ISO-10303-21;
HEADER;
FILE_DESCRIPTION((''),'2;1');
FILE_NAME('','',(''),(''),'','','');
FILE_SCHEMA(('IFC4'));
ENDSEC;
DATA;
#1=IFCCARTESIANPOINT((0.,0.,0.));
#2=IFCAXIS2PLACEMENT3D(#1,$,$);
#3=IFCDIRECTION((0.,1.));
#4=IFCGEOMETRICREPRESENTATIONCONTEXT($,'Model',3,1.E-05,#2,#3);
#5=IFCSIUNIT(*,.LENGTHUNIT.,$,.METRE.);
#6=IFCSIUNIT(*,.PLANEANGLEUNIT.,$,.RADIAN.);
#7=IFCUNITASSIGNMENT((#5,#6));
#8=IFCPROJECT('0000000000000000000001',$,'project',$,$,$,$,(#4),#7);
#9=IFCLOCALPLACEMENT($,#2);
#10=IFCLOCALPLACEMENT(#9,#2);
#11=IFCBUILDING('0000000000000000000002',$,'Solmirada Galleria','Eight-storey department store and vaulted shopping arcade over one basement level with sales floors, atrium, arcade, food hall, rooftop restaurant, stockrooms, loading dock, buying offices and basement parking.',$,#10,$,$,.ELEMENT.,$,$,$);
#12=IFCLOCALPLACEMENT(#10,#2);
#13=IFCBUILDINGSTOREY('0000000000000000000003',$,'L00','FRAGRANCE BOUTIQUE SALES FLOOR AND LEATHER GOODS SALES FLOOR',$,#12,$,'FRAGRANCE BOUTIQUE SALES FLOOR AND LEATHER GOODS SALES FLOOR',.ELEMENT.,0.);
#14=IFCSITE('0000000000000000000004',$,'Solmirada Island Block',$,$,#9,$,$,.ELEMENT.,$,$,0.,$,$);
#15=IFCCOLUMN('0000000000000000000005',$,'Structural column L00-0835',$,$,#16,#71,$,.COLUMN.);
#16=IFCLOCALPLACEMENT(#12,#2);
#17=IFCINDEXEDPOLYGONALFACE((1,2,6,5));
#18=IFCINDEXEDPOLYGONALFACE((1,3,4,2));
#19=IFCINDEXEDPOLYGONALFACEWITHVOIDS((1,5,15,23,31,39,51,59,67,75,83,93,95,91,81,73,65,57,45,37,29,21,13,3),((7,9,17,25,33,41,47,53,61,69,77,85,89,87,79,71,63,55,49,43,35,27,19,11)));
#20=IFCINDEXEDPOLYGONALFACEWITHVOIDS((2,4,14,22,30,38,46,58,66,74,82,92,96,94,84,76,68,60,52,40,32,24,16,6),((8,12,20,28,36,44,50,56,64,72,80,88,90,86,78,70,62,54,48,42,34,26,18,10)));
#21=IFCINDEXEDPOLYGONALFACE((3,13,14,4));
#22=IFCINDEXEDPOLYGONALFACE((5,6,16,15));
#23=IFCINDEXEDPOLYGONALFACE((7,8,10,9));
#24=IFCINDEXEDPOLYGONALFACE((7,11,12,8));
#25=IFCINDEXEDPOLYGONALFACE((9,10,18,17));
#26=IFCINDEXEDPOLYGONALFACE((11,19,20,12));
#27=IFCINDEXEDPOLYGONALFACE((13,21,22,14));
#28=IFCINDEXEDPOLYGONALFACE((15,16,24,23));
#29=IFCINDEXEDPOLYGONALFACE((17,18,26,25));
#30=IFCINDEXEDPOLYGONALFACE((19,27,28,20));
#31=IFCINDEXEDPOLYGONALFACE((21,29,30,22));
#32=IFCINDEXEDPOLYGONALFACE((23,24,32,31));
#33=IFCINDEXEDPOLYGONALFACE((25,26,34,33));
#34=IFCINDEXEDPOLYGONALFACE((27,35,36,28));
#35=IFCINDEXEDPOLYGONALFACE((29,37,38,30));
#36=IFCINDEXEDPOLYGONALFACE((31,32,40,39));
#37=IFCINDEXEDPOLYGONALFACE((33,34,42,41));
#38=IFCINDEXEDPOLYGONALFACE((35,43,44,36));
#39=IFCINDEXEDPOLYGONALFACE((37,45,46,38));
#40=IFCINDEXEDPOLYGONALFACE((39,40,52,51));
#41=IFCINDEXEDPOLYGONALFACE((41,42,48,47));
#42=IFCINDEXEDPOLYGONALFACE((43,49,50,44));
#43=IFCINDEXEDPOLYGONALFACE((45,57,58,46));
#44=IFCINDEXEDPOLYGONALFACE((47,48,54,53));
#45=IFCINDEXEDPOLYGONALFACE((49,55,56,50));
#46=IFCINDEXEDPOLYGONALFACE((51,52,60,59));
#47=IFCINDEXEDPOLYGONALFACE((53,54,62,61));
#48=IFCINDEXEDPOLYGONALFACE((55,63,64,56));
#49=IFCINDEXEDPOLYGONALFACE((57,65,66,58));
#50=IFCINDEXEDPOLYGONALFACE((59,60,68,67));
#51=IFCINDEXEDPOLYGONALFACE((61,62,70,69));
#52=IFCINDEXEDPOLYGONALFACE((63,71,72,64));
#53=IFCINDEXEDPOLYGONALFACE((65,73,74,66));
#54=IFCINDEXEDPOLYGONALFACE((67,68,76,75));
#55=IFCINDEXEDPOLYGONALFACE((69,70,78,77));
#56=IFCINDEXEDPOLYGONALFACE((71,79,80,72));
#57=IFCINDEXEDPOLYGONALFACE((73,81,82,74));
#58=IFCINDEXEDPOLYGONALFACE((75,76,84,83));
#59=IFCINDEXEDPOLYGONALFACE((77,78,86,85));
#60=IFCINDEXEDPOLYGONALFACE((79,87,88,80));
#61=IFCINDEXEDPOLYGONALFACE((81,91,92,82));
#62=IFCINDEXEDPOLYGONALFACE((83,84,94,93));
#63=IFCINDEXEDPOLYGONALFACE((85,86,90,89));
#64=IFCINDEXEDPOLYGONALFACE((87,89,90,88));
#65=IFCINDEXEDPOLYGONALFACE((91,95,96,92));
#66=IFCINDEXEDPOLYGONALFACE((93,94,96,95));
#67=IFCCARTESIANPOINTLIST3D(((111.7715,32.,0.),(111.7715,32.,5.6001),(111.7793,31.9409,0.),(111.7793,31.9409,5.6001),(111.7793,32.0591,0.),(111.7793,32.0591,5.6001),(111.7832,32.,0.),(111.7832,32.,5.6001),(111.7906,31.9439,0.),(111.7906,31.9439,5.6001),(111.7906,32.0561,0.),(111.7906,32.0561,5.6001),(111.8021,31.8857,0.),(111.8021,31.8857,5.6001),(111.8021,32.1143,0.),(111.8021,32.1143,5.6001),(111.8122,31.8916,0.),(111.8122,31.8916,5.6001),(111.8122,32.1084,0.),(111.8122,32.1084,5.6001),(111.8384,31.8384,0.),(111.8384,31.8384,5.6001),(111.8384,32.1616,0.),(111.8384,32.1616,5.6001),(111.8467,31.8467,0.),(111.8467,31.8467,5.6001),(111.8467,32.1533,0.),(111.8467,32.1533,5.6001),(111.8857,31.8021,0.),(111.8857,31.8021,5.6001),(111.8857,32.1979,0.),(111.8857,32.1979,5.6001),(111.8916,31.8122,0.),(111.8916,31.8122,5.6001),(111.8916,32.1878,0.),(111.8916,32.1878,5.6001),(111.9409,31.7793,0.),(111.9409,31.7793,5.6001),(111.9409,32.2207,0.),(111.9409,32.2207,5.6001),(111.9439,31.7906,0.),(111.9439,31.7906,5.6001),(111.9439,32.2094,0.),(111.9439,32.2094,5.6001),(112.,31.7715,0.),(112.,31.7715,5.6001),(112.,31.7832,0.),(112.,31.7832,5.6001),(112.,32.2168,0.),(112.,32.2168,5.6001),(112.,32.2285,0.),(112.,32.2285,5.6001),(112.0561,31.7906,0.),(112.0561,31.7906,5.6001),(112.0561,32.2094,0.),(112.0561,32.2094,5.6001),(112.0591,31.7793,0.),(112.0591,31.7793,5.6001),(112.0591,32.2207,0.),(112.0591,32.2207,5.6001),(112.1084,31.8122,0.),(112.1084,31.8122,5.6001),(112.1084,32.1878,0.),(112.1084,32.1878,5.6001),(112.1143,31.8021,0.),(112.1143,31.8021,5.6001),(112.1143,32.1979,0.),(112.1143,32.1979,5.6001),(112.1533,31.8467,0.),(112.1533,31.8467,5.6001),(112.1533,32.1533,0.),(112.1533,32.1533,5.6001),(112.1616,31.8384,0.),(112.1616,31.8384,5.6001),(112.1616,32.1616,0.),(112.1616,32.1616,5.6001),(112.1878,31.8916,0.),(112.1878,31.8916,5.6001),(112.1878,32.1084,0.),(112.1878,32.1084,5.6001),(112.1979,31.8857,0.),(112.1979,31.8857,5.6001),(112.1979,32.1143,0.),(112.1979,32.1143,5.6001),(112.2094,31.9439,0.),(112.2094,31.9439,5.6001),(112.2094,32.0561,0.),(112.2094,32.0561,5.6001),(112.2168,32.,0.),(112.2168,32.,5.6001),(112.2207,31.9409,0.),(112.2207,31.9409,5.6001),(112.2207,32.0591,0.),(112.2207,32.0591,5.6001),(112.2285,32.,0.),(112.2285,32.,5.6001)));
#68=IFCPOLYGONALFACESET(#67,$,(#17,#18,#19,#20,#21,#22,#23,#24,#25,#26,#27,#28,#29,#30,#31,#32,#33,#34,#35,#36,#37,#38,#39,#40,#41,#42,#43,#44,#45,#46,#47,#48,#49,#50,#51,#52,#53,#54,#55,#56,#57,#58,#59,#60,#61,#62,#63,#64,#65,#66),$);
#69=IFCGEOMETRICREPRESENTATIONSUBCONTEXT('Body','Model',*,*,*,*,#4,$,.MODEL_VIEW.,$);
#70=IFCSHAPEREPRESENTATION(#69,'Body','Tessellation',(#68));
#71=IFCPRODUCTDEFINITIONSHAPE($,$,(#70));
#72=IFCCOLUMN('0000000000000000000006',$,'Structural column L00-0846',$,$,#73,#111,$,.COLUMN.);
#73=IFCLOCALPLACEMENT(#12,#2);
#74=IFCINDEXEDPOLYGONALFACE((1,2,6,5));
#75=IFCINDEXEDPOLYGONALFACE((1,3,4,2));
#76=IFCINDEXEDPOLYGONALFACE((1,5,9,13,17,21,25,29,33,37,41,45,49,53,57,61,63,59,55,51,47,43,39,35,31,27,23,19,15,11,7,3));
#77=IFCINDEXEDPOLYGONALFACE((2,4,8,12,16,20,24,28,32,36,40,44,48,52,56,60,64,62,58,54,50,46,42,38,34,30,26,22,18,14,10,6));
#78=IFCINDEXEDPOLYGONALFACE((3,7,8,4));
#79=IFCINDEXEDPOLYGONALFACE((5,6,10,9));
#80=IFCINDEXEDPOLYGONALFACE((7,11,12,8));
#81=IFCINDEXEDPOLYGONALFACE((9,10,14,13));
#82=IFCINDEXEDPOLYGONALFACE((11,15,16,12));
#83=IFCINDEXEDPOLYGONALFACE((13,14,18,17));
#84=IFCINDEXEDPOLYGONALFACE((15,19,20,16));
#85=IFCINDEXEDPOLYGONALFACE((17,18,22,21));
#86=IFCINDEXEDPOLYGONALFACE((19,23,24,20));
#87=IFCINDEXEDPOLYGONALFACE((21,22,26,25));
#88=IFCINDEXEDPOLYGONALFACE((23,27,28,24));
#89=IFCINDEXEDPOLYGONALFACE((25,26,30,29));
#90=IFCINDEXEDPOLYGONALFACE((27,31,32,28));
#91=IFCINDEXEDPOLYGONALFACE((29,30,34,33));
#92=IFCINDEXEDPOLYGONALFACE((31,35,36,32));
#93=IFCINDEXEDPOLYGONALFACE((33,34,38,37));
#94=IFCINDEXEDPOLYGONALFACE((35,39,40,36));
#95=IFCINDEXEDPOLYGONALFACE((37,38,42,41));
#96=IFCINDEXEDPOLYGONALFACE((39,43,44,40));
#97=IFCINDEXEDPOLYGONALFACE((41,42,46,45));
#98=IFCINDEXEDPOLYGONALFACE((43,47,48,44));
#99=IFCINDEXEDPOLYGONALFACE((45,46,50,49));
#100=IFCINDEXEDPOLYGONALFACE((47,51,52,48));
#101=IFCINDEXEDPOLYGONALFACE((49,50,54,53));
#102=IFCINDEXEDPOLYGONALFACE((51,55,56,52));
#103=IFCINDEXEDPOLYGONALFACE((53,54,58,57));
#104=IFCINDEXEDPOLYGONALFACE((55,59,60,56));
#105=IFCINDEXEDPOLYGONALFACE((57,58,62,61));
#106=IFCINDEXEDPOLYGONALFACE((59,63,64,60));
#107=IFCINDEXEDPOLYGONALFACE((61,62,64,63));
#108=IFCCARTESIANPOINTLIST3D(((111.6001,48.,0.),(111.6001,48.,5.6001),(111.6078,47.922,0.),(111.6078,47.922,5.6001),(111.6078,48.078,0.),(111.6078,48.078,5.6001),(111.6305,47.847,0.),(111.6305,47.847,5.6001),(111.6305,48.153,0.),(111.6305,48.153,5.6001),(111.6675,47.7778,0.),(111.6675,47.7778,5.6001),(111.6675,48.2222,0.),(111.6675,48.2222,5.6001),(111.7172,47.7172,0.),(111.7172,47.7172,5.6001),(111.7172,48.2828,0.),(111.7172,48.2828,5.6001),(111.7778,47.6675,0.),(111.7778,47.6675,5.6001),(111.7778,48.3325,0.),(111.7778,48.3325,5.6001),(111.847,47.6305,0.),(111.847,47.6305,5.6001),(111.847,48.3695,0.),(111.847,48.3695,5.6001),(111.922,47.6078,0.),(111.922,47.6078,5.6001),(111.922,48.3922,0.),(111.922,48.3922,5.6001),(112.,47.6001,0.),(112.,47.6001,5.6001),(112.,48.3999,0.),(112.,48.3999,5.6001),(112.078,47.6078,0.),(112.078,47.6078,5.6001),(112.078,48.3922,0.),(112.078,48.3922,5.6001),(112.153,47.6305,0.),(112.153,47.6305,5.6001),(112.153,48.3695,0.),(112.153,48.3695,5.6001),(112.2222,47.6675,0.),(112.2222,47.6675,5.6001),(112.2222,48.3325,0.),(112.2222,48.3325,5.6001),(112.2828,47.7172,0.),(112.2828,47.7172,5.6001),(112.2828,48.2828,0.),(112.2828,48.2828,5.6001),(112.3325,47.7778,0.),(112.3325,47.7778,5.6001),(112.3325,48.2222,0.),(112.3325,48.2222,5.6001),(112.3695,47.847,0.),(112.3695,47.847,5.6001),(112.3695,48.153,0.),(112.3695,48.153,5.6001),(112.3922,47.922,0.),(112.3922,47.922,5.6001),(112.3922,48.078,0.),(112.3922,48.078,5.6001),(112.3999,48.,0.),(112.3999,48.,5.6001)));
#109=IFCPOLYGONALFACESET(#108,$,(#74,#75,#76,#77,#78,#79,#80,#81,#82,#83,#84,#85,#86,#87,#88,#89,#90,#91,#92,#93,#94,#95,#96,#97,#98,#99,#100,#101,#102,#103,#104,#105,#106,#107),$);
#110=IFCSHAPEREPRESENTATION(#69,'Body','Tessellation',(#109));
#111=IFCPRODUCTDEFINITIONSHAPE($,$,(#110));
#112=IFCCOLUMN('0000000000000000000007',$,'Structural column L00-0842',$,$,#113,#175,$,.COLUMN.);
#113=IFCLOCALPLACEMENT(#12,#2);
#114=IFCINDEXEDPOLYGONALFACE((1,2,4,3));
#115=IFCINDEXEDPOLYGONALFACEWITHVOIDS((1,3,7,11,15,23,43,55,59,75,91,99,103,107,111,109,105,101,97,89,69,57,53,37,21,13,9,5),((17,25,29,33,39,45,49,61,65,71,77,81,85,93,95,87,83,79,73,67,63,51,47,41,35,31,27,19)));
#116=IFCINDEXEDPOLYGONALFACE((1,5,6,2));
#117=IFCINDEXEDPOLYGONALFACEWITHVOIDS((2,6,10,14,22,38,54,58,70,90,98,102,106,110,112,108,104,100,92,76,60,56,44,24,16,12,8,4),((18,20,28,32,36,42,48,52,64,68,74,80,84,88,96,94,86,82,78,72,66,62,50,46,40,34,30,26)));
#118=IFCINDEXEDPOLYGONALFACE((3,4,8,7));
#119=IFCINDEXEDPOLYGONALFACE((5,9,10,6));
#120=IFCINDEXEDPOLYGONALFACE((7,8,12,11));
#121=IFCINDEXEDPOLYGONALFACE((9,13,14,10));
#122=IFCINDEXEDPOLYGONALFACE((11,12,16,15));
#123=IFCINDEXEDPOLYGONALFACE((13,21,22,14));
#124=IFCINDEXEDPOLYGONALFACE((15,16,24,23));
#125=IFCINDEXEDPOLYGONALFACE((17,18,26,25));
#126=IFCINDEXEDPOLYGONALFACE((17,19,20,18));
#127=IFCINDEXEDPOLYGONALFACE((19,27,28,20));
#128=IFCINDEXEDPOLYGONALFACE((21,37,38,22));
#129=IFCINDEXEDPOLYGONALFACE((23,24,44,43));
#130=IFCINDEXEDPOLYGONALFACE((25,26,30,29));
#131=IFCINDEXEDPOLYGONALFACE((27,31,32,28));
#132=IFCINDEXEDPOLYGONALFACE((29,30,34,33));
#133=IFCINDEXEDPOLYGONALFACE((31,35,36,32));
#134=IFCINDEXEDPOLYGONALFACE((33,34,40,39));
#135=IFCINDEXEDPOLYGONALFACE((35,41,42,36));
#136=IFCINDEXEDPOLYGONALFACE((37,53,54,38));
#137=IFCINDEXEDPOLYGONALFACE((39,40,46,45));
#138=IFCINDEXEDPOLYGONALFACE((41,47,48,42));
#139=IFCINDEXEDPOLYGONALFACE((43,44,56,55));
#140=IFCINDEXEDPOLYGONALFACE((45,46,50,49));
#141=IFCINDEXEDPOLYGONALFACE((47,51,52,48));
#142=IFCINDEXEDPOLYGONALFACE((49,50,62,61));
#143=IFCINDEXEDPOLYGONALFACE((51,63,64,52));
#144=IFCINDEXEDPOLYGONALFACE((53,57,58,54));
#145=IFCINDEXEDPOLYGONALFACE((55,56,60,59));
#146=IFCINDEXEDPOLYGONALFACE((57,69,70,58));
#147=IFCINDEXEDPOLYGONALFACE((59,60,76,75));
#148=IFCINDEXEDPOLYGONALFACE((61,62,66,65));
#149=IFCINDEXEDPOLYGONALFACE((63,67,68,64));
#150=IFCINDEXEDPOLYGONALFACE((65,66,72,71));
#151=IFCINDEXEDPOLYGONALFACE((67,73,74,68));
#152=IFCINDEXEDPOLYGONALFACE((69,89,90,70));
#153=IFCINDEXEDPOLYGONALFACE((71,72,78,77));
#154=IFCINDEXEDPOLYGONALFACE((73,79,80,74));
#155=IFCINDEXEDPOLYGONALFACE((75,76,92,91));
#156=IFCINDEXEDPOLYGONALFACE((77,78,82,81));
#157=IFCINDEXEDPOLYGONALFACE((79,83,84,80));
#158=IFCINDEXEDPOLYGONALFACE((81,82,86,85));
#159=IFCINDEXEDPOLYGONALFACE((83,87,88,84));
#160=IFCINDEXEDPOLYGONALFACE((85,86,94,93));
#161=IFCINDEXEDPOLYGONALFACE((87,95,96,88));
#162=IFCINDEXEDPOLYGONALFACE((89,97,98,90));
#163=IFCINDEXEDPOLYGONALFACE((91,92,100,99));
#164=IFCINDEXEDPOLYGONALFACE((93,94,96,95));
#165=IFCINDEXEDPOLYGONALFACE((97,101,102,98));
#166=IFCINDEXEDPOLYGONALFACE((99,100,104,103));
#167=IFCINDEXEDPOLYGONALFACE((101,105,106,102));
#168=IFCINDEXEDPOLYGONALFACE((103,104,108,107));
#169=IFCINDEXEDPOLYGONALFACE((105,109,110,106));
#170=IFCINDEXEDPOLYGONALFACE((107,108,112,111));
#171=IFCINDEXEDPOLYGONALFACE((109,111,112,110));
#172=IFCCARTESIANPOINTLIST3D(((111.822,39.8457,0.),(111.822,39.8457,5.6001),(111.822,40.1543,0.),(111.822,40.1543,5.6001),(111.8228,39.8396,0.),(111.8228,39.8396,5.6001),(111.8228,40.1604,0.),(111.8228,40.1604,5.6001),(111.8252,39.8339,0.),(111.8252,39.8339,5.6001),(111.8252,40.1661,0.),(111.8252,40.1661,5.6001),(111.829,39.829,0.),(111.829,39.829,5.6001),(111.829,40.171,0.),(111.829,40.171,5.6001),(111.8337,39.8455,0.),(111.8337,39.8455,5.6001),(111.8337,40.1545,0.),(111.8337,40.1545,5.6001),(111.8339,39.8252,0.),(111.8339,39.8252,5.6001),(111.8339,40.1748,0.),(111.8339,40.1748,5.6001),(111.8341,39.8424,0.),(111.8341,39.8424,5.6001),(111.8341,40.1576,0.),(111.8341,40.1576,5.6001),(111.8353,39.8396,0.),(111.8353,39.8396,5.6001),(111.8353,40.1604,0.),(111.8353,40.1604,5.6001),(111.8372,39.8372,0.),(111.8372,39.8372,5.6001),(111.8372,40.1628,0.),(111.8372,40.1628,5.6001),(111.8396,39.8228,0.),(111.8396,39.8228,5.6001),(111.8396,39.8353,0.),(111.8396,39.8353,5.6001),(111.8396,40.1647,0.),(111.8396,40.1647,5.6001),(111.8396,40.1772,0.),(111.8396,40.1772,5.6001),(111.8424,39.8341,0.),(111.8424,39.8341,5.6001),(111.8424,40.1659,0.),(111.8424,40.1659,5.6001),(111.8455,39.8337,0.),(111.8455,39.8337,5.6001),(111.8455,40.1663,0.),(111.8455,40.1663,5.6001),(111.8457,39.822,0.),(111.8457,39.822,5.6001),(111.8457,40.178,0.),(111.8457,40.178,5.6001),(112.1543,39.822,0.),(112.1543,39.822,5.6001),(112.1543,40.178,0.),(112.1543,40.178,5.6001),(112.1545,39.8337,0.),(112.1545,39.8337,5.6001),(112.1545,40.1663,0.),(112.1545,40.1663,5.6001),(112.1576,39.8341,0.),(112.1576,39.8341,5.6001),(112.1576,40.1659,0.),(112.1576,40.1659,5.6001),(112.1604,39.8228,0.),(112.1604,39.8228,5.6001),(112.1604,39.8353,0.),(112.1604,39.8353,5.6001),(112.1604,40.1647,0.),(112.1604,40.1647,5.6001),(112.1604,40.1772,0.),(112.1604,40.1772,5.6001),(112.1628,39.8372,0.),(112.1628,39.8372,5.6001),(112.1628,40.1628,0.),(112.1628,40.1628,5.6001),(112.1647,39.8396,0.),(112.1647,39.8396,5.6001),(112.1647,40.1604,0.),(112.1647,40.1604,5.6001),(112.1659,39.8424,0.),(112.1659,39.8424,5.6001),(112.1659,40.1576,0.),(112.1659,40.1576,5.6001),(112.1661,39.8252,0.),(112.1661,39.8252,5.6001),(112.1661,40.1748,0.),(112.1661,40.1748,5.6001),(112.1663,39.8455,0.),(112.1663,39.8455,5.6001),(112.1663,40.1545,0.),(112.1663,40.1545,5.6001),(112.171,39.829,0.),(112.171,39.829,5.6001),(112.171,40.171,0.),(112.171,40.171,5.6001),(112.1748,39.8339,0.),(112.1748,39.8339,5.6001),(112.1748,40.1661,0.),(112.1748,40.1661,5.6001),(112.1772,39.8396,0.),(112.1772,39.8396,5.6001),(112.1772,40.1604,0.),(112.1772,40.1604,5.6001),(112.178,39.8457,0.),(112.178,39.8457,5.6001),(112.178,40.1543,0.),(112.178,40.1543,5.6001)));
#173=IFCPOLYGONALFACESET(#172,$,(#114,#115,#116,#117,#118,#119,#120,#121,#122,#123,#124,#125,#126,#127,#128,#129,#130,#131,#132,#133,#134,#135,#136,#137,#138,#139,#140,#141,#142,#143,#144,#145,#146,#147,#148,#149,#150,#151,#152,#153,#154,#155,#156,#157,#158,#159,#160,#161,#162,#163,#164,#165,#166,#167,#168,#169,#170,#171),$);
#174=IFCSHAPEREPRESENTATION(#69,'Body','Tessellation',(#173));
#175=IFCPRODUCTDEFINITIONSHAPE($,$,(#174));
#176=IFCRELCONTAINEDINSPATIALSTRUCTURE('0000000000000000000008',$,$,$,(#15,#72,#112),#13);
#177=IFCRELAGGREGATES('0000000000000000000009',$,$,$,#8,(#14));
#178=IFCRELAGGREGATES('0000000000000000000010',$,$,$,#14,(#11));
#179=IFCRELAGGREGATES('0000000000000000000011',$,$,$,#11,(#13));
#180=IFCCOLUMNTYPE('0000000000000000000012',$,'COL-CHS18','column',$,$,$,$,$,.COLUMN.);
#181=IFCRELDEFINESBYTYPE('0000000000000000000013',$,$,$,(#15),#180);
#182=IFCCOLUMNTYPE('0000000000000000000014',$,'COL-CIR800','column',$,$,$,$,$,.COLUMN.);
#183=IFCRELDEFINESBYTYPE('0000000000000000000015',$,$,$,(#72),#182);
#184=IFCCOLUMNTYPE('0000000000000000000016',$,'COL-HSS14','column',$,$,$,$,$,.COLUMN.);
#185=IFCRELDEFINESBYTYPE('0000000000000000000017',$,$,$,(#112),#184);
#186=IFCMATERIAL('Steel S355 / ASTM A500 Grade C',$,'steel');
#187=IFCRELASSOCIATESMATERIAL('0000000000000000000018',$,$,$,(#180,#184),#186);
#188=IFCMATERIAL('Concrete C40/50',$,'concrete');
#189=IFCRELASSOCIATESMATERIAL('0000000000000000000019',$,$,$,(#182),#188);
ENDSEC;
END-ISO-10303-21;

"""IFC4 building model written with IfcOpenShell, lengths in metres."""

from ifc_helpers import new_model, si_unit, direction, frame, origin, origin_2d, place, context, subcontext, project, spatial, hollow_rectangle, circle, hollow_circle, extrude, material, material_profile, profile_set, type_object, element, save


model = new_model("IFC4")

# Units and contexts
model_context = context("Model", 3, precision=1e-05, world=origin(), true_north=direction((0.0, 1.0)))
body_context = subcontext(model_context, "Body", "Model", "MODEL_VIEW")
ifc_project = project(units=[si_unit("LENGTHUNIT", "METRE"), si_unit("PLANEANGLEUNIT", "RADIAN")], contexts=[model_context])

# Site, building, storey
site_placement = place(None, origin())
site = spatial("IfcSite", under=ifc_project, at=site_placement, Name="Solmirada Island Block", CompositionType="ELEMENT", RefElevation=0.0)
building_placement = place(site_placement, origin())
building = spatial("IfcBuilding", under=site, at=building_placement, Name="Solmirada Galleria", Description="Eight-storey department store and vaulted shopping arcade over one basement level with sales floors, atrium, arcade, food hall, rooftop restaurant, stockrooms, loading dock, buying offices and basement parking.", CompositionType="ELEMENT")
storey_placement = place(building_placement, origin())
storey = spatial("IfcBuildingStorey", under=building, at=storey_placement, Name="L00", Description="FRAGRANCE BOUTIQUE SALES FLOOR AND LEATHER GOODS SALES FLOOR", LongName="FRAGRANCE BOUTIQUE SALES FLOOR AND LEATHER GOODS SALES FLOOR", CompositionType="ELEMENT", Elevation=0.0)

# Columns
ifc_material_1 = material(Name="Steel S355 / ASTM A500 Grade C", Category="steel")
ifc_material_profile_1 = material_profile(ifc_material_1, hollow_circle(Radius=0.2285, WallThickness=0.0117, at=origin_2d()), Name="HSS18.000X0.500")
ifc_profile_set_1 = profile_set([ifc_material_profile_1], Name="Steel S355 / ASTM A500 Grade C")
column_type_1 = type_object("IfcColumnType", Name="COL-CHS18", Description="column", PredefinedType="COLUMN", material=ifc_profile_set_1)
column_1_placement = place(storey_placement, frame((112.0, 32.0, 0.0), z_axis=(0.0, 0.0, 1.0), x_axis=(1.0, 0.0, 0.0)))
element("IfcColumn", 1, at=column_1_placement, inside=storey, type_object=column_type_1, Name="Structural column L00-0835", PredefinedType="COLUMN", context=body_context, shape_type="SweptSolid", body=[
    extrude(hollow_circle(Radius=0.2285, WallThickness=0.0117, at=origin_2d()), origin(), (0.0, 0.0, 1.0), 5.6001),
])
ifc_material_2 = material(Name="Concrete C40/50", Category="concrete")
ifc_material_profile_2 = material_profile(ifc_material_2, circle(Radius=0.3999, at=origin_2d()), Name="RCCOL800")
ifc_profile_set_2 = profile_set([ifc_material_profile_2], Name="Concrete C40/50")
column_type_2 = type_object("IfcColumnType", Name="COL-CIR800", Description="column", PredefinedType="COLUMN", material=ifc_profile_set_2)
column_2_placement = place(storey_placement, frame((112.0, 48.0, 0.0), z_axis=(0.0, 0.0, 1.0), x_axis=(1.0, 0.0, 0.0)))
element("IfcColumn", 2, at=column_2_placement, inside=storey, type_object=column_type_2, Name="Structural column L00-0846", PredefinedType="COLUMN", context=body_context, shape_type="SweptSolid", body=[
    extrude(circle(Radius=0.3999, at=origin_2d()), origin(), (0.0, 0.0, 1.0), 5.6001),
])
ifc_material_profile_3 = material_profile(ifc_material_1, hollow_rectangle(XDim=0.356, YDim=0.356, WallThickness=0.0117, InnerFilletRadius=0.0117, OuterFilletRadius=0.0237, at=origin_2d()), Name="HSS14X14X1/2")
ifc_profile_set_3 = profile_set([ifc_material_profile_3], Name="Steel S355 / ASTM A500 Grade C")
column_type_3 = type_object("IfcColumnType", Name="COL-HSS14", Description="column", PredefinedType="COLUMN", material=ifc_profile_set_3)
column_3_placement = place(storey_placement, frame((112.0, 40.0, 0.0), z_axis=(0.0, 0.0, 1.0), x_axis=(1.0, 0.0, 0.0)))
element("IfcColumn", 3, at=column_3_placement, inside=storey, type_object=column_type_3, Name="Structural column L00-0842", PredefinedType="COLUMN", context=body_context, shape_type="SweptSolid", body=[
    extrude(hollow_rectangle(XDim=0.356, YDim=0.356, WallThickness=0.0117, InnerFilletRadius=0.0117, OuterFilletRadius=0.0237, at=origin_2d()), origin(), (0.0, 0.0, 1.0), 5.6001),
])

save(model, "model.ifc")
